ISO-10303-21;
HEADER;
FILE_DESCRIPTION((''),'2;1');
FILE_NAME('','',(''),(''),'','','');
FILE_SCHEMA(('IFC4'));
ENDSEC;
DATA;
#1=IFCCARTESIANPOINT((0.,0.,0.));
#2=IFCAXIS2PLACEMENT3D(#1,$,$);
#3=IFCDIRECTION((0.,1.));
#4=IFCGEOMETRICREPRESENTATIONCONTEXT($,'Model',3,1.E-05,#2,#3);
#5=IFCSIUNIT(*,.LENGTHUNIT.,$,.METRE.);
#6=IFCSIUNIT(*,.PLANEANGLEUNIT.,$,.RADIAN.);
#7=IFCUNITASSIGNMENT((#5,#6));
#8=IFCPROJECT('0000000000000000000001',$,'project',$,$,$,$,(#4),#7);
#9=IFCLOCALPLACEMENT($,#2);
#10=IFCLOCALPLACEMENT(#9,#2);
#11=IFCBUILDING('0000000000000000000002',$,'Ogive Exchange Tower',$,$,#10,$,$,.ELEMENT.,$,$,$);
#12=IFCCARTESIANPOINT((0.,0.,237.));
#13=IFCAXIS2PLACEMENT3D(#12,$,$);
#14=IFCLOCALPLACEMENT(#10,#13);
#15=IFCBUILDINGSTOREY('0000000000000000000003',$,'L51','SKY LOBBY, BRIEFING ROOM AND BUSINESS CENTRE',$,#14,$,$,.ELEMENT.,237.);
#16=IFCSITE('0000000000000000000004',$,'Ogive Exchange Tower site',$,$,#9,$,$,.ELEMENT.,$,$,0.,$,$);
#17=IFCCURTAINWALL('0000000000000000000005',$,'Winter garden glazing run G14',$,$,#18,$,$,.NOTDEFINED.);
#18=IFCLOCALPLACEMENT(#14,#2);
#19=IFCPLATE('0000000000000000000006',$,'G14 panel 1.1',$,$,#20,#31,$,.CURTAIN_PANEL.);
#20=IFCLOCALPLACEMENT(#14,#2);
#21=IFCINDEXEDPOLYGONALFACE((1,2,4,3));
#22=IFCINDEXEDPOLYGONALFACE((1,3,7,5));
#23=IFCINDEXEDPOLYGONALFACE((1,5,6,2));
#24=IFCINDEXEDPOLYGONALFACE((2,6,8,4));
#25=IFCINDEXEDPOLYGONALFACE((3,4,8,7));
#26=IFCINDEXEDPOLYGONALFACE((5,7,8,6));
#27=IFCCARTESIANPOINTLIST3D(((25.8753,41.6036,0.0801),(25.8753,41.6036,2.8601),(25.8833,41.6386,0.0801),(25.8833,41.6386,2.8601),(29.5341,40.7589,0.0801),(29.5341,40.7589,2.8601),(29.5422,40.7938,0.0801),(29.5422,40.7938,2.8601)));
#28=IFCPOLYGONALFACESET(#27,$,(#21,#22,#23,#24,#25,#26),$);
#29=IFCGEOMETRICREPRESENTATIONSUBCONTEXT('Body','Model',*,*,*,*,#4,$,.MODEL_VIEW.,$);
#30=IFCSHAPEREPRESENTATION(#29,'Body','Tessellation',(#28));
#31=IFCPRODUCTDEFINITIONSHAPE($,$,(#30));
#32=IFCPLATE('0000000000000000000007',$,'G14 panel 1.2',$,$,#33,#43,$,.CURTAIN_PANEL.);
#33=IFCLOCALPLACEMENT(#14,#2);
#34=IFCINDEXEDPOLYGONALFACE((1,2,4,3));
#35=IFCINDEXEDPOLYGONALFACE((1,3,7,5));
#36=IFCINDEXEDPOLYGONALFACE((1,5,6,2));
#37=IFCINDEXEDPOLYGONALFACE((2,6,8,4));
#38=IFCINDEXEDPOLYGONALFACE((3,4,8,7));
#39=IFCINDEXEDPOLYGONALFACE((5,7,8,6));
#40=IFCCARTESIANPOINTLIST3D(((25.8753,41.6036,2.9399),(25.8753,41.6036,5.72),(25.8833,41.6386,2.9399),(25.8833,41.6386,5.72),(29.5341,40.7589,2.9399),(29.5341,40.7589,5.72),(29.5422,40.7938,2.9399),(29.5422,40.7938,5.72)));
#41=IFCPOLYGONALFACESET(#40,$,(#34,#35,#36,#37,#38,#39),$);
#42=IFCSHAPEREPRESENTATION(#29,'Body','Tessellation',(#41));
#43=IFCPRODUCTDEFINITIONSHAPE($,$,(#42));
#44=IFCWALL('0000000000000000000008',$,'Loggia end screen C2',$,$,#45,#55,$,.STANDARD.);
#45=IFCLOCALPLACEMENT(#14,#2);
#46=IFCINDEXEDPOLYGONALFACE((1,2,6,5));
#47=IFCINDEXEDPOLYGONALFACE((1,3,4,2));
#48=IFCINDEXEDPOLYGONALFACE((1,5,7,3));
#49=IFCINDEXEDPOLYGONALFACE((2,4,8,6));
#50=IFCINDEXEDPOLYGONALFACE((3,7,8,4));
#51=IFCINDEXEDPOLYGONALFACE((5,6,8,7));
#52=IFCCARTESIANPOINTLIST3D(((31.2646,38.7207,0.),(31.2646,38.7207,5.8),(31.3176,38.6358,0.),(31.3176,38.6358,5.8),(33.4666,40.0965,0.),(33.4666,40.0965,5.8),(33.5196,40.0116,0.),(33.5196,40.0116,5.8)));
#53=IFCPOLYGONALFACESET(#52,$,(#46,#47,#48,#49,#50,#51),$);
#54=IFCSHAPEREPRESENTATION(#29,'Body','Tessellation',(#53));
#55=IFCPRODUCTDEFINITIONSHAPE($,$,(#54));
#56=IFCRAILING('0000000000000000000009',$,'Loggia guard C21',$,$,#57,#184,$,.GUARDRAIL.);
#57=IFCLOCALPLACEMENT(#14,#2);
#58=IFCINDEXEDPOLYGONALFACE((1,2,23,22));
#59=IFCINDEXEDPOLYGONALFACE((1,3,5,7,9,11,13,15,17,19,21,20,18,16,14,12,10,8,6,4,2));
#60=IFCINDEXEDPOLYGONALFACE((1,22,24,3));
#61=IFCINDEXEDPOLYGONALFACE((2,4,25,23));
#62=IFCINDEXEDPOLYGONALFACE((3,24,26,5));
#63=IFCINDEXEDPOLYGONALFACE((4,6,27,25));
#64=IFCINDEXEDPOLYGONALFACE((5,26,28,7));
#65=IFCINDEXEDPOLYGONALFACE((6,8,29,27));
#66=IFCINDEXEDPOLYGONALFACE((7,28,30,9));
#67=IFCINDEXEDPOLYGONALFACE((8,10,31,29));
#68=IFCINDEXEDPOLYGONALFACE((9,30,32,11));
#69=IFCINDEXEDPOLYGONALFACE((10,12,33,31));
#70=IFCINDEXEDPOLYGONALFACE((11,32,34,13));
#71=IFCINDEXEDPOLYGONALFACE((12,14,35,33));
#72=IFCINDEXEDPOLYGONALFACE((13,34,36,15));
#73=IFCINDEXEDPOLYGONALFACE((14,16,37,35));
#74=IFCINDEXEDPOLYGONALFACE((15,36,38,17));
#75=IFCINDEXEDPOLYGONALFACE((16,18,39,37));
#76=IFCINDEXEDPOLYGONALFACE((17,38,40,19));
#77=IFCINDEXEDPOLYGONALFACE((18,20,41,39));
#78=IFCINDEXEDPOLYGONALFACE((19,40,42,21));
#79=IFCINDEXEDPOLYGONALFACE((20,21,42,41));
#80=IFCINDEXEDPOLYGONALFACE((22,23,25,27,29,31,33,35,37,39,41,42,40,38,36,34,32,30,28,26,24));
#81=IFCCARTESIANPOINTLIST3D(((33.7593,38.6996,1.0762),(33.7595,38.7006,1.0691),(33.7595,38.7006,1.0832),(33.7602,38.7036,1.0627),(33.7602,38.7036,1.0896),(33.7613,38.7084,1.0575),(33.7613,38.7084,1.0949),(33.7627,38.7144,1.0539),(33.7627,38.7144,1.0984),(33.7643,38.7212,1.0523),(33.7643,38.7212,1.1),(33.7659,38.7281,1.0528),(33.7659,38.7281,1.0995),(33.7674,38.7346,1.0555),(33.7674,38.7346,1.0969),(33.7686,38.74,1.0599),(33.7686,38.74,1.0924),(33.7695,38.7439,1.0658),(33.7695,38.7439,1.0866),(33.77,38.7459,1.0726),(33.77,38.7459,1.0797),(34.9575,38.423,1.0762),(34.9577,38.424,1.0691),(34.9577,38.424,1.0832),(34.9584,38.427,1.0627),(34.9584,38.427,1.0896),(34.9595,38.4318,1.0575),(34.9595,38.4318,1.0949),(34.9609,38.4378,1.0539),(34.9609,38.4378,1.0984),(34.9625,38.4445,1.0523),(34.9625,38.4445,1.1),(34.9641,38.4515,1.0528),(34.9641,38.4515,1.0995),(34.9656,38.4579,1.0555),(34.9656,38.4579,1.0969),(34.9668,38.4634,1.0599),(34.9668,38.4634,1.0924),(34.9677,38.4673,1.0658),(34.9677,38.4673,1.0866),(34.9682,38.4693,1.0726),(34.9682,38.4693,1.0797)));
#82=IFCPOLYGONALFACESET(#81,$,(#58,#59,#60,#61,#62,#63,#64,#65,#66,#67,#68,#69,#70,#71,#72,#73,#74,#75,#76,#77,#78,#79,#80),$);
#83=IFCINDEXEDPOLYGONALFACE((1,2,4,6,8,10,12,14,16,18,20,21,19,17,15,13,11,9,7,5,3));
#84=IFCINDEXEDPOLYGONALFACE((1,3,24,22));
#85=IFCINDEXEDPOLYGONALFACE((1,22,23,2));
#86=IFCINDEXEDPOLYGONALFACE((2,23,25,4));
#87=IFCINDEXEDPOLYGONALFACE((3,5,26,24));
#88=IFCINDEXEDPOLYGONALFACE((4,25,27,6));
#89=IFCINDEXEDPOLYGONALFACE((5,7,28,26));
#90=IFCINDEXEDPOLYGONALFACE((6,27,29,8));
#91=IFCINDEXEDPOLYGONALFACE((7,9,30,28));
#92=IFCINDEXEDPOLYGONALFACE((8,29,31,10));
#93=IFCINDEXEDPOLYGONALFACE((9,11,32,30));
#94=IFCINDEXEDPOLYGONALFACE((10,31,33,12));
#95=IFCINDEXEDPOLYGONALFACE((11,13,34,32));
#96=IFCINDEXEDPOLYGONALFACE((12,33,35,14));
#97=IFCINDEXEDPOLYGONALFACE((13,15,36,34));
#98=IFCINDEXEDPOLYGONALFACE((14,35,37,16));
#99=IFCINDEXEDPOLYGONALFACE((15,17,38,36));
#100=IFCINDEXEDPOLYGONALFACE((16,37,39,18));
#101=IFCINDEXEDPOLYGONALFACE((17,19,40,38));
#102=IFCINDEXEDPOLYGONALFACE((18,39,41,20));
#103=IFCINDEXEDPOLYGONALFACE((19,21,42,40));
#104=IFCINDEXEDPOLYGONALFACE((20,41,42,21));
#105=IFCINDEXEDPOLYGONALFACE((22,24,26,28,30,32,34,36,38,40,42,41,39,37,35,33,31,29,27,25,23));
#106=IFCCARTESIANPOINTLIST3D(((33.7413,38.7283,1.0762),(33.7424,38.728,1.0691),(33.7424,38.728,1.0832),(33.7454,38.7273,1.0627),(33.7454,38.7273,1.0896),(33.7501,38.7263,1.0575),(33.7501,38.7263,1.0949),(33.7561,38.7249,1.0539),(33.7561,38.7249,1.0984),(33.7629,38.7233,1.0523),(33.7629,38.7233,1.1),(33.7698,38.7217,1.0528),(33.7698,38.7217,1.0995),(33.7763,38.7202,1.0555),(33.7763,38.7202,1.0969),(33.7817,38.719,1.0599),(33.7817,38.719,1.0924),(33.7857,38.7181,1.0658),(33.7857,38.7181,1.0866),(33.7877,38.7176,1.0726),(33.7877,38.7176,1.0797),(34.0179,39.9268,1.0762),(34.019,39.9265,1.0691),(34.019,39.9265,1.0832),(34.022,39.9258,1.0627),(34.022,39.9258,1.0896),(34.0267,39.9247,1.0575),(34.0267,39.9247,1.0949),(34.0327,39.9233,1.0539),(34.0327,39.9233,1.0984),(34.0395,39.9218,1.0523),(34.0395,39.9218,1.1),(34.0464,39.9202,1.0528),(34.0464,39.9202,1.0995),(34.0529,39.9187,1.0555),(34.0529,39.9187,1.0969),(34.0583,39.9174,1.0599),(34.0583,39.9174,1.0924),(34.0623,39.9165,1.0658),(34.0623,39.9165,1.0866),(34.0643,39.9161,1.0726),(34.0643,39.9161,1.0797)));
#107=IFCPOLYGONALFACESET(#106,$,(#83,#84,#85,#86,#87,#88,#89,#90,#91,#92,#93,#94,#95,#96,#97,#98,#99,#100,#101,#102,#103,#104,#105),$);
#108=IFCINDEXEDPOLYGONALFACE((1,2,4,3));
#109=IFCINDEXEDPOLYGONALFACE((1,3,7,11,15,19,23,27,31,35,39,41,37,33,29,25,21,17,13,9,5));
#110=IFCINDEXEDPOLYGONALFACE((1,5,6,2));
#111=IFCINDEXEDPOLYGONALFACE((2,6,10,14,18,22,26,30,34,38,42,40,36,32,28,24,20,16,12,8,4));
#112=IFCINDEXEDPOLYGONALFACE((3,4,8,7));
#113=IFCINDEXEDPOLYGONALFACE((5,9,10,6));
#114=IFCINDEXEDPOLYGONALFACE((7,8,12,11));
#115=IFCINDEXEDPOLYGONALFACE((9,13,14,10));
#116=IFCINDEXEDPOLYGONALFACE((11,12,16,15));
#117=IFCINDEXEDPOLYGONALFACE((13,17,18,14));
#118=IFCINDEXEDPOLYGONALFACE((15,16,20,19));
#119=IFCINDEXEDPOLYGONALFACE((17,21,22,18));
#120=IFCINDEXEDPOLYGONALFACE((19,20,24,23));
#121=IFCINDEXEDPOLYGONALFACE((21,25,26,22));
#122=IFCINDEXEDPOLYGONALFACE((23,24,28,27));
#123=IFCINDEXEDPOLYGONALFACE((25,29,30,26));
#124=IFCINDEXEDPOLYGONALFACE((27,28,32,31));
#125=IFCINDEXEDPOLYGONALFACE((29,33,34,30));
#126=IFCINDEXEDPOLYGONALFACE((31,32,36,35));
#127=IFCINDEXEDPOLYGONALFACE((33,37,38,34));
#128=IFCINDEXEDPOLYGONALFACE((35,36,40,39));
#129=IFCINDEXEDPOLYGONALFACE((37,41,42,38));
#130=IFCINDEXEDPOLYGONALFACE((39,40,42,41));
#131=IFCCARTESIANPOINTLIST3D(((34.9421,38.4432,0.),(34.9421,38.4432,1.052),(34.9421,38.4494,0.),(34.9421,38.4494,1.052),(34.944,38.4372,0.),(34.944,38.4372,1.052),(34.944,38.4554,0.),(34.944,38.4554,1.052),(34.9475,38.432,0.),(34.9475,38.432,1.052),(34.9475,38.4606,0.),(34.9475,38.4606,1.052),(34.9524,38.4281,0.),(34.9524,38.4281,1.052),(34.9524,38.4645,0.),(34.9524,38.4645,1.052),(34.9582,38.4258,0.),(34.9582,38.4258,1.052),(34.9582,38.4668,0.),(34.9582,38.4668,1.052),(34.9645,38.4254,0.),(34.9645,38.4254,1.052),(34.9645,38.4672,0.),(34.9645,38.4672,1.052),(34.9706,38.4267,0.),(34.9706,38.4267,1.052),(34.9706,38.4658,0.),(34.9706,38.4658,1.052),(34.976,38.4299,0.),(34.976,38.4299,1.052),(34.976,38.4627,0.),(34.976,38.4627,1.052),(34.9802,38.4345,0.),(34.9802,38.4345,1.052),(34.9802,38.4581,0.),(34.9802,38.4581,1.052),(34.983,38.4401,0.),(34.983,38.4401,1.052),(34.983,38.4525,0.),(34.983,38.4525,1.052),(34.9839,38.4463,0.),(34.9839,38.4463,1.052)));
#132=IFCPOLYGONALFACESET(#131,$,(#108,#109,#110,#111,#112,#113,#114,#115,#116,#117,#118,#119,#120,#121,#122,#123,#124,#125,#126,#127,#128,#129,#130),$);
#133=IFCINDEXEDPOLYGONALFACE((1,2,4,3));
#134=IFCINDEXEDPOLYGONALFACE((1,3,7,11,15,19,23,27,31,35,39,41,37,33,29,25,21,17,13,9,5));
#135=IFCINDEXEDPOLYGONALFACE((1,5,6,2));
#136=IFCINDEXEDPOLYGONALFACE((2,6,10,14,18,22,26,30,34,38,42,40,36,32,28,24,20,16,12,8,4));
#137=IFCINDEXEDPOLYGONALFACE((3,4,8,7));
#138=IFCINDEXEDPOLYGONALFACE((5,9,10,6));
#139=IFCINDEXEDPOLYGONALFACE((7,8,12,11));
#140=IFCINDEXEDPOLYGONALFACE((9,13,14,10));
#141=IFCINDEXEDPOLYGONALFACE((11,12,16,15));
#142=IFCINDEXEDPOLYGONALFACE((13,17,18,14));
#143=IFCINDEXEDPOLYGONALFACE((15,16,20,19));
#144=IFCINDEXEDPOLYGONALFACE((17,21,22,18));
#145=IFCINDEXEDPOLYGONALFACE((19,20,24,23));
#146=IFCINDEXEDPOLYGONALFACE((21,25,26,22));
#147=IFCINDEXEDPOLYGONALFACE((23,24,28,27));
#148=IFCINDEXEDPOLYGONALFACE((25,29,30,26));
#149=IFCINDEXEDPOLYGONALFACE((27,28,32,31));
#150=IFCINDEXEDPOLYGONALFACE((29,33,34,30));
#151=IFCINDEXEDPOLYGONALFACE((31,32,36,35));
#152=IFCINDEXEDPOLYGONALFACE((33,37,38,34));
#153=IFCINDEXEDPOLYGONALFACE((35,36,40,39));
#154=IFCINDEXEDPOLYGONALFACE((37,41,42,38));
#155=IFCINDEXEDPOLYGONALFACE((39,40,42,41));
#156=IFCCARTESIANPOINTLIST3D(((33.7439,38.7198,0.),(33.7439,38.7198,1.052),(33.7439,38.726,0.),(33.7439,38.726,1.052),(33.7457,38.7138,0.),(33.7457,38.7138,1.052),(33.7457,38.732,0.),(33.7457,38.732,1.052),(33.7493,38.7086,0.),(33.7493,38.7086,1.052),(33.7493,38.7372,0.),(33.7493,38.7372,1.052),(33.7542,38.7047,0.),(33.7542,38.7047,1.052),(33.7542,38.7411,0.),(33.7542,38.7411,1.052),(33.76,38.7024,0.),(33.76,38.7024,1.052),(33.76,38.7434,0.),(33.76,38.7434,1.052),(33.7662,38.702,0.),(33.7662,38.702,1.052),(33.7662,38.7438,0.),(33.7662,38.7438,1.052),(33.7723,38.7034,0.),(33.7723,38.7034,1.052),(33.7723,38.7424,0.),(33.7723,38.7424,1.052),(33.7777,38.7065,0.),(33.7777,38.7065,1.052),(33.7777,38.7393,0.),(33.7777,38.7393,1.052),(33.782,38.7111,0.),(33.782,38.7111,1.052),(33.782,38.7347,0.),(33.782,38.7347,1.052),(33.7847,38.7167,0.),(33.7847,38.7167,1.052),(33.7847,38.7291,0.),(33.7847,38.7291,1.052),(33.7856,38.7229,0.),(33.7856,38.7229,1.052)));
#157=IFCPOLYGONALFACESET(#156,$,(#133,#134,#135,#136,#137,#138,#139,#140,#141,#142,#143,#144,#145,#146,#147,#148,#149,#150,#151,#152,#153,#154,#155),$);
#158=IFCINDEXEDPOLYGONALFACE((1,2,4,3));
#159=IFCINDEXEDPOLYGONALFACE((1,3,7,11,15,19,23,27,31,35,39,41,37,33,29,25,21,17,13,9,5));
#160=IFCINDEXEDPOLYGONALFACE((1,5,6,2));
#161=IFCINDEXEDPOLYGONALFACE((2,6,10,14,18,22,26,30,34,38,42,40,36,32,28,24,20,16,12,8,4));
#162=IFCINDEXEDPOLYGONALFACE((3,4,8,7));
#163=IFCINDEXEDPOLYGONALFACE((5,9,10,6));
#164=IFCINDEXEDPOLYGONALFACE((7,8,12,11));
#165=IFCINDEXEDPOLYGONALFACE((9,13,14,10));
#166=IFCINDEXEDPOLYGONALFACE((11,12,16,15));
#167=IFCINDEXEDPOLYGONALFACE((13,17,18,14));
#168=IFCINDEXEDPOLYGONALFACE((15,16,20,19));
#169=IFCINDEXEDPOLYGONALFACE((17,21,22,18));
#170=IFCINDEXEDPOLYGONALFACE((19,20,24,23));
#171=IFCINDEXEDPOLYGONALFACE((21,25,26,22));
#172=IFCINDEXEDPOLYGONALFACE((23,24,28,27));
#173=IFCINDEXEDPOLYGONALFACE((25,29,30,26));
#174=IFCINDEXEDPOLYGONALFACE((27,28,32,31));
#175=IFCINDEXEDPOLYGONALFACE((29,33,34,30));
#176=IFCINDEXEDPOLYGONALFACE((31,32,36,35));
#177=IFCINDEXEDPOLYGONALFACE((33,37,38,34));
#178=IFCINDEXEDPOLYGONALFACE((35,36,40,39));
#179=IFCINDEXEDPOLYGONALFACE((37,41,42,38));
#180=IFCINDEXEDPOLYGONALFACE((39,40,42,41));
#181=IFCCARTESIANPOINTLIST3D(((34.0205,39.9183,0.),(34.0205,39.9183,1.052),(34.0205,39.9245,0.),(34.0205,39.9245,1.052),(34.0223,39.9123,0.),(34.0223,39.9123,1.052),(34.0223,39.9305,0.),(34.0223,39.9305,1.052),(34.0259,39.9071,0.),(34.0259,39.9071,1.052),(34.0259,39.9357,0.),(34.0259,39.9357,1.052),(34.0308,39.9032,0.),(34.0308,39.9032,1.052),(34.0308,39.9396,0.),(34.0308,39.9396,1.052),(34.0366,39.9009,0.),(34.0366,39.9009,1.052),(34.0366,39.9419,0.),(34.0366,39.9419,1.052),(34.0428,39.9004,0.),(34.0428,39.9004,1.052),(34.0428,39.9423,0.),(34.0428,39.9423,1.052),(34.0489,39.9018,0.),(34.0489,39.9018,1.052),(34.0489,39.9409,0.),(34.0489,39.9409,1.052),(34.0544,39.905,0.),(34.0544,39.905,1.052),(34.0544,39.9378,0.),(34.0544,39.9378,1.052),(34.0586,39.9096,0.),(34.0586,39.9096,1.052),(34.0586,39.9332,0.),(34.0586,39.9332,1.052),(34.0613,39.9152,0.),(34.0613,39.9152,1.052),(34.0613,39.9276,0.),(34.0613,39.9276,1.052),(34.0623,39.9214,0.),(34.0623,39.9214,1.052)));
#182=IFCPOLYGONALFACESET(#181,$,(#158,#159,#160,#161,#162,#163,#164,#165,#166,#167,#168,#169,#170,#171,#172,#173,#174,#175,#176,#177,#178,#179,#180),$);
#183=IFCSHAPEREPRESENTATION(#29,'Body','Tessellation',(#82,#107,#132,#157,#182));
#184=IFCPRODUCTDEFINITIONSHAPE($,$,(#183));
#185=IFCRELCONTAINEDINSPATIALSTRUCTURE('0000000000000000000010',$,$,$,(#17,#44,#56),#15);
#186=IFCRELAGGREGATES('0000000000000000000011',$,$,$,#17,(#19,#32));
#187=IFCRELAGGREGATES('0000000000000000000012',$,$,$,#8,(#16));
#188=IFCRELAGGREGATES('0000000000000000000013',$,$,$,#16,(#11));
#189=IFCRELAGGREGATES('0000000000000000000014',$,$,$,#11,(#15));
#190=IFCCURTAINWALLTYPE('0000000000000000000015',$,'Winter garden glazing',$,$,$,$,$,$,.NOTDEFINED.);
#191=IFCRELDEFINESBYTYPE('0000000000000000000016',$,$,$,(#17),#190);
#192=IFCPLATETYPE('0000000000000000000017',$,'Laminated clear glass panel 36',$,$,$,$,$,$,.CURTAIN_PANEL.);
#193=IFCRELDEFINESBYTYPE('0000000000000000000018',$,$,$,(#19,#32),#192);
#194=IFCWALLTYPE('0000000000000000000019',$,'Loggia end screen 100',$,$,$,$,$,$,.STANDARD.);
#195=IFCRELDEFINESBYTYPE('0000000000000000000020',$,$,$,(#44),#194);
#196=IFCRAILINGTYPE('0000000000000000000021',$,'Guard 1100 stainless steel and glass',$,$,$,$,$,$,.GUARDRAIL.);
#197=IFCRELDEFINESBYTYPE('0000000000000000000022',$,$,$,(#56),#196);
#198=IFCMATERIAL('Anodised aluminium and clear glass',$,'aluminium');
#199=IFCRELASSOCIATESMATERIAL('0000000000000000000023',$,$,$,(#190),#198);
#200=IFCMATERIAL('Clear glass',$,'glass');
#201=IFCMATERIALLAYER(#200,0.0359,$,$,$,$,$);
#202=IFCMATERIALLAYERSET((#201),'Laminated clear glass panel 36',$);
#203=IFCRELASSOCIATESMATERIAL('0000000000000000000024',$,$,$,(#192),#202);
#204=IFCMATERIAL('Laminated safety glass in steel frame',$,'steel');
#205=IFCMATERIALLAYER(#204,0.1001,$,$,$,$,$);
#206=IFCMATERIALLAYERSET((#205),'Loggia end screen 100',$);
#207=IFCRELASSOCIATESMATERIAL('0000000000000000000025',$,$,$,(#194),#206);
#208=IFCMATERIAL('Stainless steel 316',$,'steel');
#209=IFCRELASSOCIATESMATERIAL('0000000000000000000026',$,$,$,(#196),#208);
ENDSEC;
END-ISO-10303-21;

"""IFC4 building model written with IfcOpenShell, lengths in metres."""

from ifc_helpers import new_model, si_unit, direction, frame, frame_2d, origin, origin_2d, place, context, subcontext, project, spatial, rectangle, circle, extrude, material, layer, layer_set, type_object, element, aggregate, save


model = new_model("IFC4")

# Units and contexts
model_context = context("Model", 3, precision=1e-05, world=origin(), true_north=direction((0.0, 1.0)))
body_context = subcontext(model_context, "Body", "Model", "MODEL_VIEW")
ifc_project = project(units=[si_unit("LENGTHUNIT", "METRE"), si_unit("PLANEANGLEUNIT", "RADIAN")], contexts=[model_context])

# Site, building, storey
site_placement = place(None, origin())
site = spatial("IfcSite", under=ifc_project, at=site_placement, Name="Ogive Exchange Tower site", CompositionType="ELEMENT", RefElevation=0.0)
building_placement = place(site_placement, origin())
building = spatial("IfcBuilding", under=site, at=building_placement, Name="Ogive Exchange Tower", CompositionType="ELEMENT")
storey_placement = place(building_placement, frame((0.0, 0.0, 237.0)))
storey = spatial("IfcBuildingStorey", under=building, at=storey_placement, Name="L51", Description="SKY LOBBY, BRIEFING ROOM AND BUSINESS CENTRE", CompositionType="ELEMENT", Elevation=237.0)

# Curtain wall, plates
ifc_material_1 = material(Name="Anodised aluminium and clear glass", Category="aluminium")
curtain_wall_type = type_object("IfcCurtainWallType", Name="Winter garden glazing", PredefinedType="NOTDEFINED", material=ifc_material_1)
curtain_wall_placement = place(storey_placement, origin())
curtain_wall = element("IfcCurtainWall", 1, at=curtain_wall_placement, inside=storey, type_object=curtain_wall_type, Name="Winter garden glazing run G14", PredefinedType="NOTDEFINED")
ifc_material_2 = material(Name="Clear glass", Category="glass")
ifc_layer_1 = layer(ifc_material_2, 0.0359)
ifc_layer_set_1 = layer_set([ifc_layer_1], Name="Laminated clear glass panel 36")
plate_type = type_object("IfcPlateType", Name="Laminated clear glass panel 36", PredefinedType="CURTAIN_PANEL", material=ifc_layer_set_1)
plate_1_placement = place(storey_placement, frame((27.7087, 41.1987, 0.0801), z_axis=(0.0, 0.0, 1.0), x_axis=(-0.974369, 0.224954, 0.0)))
plate_1 = element("IfcPlate", 2, at=plate_1_placement, type_object=plate_type, Name="G14 panel 1.1", PredefinedType="CURTAIN_PANEL", context=body_context, shape_type="SweptSolid", body=[
    extrude(rectangle(XDim=3.7551, YDim=0.0359, at=origin_2d()), origin(), (0.0, 0.0, 1.0), 2.78),
])
plate_2_placement = place(storey_placement, frame((27.7087, 41.1987, 2.9399), z_axis=(0.0, 0.0, 1.0), x_axis=(-0.974369, 0.224954, 0.0)))
plate_2 = element("IfcPlate", 3, at=plate_2_placement, type_object=plate_type, Name="G14 panel 1.2", PredefinedType="CURTAIN_PANEL", context=body_context, shape_type="SweptSolid", body=[
    extrude(rectangle(XDim=3.7551, YDim=0.0359, at=origin_2d()), origin(), (0.0, 0.0, 1.0), 2.78),
])
aggregate(curtain_wall, [plate_1, plate_2])

# Wall
ifc_material_3 = material(Name="Laminated safety glass in steel frame", Category="steel")
ifc_layer_2 = layer(ifc_material_3, 0.1001)
ifc_layer_set_2 = layer_set([ifc_layer_2], Name="Loggia end screen 100")
wall_type = type_object("IfcWallType", Name="Loggia end screen 100", PredefinedType="STANDARD", material=ifc_layer_set_2)
wall_placement = place(storey_placement, frame((31.291, 38.6782, 0.0), z_axis=(0.0, 0.0, 1.0), x_axis=(0.848078, 0.529872, 0.0)))
element("IfcWall", 4, at=wall_placement, inside=storey, type_object=wall_type, Name="Loggia end screen C2", PredefinedType="STANDARD", context=body_context, shape_type="SweptSolid", body=[
    extrude(rectangle(XDim=2.5964, YDim=0.1001, at=frame_2d((1.2983, 0.0))), origin(), (0.0, 0.0, 1.0), 5.8),
])

# Railing
ifc_material_4 = material(Name="Stainless steel 316", Category="steel")
railing_type = type_object("IfcRailingType", Name="Guard 1100 stainless steel and glass", PredefinedType="GUARDRAIL", material=ifc_material_4)
railing_1_placement = place(storey_placement, frame((34.9629, 38.4463, 0.0)))
element("IfcRailing", 5, at=railing_1_placement, inside=storey, type_object=railing_type, Name="Loggia guard C21", PredefinedType="GUARDRAIL", context=body_context, shape_type="SweptSolid", body=[
    extrude(circle(Radius=0.0239, at=origin_2d()), frame((0.0, 0.0, 1.0762), z_axis=(-0.974374, 0.224932, 0.0), x_axis=(-0.224932, -0.974374, 0.0)), (0.0, 0.0, 1.0), 1.2297),
    extrude(circle(Radius=0.0239, at=origin_2d()), frame((-1.1982, 0.2766, 1.0762), z_axis=(0.224888, 0.974385, 0.0), x_axis=(-0.974385, 0.224888, 0.0)), (0.0, 0.0, 1.0), 1.23),
    extrude(circle(Radius=0.021, at=origin_2d()), origin(), (0.0, 0.0, 1.0), 1.052),
    extrude(circle(Radius=0.021, at=origin_2d()), frame((-1.1982, 0.2766, 0.0)), (0.0, 0.0, 1.0), 1.052),
    extrude(circle(Radius=0.021, at=origin_2d()), frame((-0.9216, 1.4751, 0.0)), (0.0, 0.0, 1.0), 1.052),
])

save(model, "model.ifc")
